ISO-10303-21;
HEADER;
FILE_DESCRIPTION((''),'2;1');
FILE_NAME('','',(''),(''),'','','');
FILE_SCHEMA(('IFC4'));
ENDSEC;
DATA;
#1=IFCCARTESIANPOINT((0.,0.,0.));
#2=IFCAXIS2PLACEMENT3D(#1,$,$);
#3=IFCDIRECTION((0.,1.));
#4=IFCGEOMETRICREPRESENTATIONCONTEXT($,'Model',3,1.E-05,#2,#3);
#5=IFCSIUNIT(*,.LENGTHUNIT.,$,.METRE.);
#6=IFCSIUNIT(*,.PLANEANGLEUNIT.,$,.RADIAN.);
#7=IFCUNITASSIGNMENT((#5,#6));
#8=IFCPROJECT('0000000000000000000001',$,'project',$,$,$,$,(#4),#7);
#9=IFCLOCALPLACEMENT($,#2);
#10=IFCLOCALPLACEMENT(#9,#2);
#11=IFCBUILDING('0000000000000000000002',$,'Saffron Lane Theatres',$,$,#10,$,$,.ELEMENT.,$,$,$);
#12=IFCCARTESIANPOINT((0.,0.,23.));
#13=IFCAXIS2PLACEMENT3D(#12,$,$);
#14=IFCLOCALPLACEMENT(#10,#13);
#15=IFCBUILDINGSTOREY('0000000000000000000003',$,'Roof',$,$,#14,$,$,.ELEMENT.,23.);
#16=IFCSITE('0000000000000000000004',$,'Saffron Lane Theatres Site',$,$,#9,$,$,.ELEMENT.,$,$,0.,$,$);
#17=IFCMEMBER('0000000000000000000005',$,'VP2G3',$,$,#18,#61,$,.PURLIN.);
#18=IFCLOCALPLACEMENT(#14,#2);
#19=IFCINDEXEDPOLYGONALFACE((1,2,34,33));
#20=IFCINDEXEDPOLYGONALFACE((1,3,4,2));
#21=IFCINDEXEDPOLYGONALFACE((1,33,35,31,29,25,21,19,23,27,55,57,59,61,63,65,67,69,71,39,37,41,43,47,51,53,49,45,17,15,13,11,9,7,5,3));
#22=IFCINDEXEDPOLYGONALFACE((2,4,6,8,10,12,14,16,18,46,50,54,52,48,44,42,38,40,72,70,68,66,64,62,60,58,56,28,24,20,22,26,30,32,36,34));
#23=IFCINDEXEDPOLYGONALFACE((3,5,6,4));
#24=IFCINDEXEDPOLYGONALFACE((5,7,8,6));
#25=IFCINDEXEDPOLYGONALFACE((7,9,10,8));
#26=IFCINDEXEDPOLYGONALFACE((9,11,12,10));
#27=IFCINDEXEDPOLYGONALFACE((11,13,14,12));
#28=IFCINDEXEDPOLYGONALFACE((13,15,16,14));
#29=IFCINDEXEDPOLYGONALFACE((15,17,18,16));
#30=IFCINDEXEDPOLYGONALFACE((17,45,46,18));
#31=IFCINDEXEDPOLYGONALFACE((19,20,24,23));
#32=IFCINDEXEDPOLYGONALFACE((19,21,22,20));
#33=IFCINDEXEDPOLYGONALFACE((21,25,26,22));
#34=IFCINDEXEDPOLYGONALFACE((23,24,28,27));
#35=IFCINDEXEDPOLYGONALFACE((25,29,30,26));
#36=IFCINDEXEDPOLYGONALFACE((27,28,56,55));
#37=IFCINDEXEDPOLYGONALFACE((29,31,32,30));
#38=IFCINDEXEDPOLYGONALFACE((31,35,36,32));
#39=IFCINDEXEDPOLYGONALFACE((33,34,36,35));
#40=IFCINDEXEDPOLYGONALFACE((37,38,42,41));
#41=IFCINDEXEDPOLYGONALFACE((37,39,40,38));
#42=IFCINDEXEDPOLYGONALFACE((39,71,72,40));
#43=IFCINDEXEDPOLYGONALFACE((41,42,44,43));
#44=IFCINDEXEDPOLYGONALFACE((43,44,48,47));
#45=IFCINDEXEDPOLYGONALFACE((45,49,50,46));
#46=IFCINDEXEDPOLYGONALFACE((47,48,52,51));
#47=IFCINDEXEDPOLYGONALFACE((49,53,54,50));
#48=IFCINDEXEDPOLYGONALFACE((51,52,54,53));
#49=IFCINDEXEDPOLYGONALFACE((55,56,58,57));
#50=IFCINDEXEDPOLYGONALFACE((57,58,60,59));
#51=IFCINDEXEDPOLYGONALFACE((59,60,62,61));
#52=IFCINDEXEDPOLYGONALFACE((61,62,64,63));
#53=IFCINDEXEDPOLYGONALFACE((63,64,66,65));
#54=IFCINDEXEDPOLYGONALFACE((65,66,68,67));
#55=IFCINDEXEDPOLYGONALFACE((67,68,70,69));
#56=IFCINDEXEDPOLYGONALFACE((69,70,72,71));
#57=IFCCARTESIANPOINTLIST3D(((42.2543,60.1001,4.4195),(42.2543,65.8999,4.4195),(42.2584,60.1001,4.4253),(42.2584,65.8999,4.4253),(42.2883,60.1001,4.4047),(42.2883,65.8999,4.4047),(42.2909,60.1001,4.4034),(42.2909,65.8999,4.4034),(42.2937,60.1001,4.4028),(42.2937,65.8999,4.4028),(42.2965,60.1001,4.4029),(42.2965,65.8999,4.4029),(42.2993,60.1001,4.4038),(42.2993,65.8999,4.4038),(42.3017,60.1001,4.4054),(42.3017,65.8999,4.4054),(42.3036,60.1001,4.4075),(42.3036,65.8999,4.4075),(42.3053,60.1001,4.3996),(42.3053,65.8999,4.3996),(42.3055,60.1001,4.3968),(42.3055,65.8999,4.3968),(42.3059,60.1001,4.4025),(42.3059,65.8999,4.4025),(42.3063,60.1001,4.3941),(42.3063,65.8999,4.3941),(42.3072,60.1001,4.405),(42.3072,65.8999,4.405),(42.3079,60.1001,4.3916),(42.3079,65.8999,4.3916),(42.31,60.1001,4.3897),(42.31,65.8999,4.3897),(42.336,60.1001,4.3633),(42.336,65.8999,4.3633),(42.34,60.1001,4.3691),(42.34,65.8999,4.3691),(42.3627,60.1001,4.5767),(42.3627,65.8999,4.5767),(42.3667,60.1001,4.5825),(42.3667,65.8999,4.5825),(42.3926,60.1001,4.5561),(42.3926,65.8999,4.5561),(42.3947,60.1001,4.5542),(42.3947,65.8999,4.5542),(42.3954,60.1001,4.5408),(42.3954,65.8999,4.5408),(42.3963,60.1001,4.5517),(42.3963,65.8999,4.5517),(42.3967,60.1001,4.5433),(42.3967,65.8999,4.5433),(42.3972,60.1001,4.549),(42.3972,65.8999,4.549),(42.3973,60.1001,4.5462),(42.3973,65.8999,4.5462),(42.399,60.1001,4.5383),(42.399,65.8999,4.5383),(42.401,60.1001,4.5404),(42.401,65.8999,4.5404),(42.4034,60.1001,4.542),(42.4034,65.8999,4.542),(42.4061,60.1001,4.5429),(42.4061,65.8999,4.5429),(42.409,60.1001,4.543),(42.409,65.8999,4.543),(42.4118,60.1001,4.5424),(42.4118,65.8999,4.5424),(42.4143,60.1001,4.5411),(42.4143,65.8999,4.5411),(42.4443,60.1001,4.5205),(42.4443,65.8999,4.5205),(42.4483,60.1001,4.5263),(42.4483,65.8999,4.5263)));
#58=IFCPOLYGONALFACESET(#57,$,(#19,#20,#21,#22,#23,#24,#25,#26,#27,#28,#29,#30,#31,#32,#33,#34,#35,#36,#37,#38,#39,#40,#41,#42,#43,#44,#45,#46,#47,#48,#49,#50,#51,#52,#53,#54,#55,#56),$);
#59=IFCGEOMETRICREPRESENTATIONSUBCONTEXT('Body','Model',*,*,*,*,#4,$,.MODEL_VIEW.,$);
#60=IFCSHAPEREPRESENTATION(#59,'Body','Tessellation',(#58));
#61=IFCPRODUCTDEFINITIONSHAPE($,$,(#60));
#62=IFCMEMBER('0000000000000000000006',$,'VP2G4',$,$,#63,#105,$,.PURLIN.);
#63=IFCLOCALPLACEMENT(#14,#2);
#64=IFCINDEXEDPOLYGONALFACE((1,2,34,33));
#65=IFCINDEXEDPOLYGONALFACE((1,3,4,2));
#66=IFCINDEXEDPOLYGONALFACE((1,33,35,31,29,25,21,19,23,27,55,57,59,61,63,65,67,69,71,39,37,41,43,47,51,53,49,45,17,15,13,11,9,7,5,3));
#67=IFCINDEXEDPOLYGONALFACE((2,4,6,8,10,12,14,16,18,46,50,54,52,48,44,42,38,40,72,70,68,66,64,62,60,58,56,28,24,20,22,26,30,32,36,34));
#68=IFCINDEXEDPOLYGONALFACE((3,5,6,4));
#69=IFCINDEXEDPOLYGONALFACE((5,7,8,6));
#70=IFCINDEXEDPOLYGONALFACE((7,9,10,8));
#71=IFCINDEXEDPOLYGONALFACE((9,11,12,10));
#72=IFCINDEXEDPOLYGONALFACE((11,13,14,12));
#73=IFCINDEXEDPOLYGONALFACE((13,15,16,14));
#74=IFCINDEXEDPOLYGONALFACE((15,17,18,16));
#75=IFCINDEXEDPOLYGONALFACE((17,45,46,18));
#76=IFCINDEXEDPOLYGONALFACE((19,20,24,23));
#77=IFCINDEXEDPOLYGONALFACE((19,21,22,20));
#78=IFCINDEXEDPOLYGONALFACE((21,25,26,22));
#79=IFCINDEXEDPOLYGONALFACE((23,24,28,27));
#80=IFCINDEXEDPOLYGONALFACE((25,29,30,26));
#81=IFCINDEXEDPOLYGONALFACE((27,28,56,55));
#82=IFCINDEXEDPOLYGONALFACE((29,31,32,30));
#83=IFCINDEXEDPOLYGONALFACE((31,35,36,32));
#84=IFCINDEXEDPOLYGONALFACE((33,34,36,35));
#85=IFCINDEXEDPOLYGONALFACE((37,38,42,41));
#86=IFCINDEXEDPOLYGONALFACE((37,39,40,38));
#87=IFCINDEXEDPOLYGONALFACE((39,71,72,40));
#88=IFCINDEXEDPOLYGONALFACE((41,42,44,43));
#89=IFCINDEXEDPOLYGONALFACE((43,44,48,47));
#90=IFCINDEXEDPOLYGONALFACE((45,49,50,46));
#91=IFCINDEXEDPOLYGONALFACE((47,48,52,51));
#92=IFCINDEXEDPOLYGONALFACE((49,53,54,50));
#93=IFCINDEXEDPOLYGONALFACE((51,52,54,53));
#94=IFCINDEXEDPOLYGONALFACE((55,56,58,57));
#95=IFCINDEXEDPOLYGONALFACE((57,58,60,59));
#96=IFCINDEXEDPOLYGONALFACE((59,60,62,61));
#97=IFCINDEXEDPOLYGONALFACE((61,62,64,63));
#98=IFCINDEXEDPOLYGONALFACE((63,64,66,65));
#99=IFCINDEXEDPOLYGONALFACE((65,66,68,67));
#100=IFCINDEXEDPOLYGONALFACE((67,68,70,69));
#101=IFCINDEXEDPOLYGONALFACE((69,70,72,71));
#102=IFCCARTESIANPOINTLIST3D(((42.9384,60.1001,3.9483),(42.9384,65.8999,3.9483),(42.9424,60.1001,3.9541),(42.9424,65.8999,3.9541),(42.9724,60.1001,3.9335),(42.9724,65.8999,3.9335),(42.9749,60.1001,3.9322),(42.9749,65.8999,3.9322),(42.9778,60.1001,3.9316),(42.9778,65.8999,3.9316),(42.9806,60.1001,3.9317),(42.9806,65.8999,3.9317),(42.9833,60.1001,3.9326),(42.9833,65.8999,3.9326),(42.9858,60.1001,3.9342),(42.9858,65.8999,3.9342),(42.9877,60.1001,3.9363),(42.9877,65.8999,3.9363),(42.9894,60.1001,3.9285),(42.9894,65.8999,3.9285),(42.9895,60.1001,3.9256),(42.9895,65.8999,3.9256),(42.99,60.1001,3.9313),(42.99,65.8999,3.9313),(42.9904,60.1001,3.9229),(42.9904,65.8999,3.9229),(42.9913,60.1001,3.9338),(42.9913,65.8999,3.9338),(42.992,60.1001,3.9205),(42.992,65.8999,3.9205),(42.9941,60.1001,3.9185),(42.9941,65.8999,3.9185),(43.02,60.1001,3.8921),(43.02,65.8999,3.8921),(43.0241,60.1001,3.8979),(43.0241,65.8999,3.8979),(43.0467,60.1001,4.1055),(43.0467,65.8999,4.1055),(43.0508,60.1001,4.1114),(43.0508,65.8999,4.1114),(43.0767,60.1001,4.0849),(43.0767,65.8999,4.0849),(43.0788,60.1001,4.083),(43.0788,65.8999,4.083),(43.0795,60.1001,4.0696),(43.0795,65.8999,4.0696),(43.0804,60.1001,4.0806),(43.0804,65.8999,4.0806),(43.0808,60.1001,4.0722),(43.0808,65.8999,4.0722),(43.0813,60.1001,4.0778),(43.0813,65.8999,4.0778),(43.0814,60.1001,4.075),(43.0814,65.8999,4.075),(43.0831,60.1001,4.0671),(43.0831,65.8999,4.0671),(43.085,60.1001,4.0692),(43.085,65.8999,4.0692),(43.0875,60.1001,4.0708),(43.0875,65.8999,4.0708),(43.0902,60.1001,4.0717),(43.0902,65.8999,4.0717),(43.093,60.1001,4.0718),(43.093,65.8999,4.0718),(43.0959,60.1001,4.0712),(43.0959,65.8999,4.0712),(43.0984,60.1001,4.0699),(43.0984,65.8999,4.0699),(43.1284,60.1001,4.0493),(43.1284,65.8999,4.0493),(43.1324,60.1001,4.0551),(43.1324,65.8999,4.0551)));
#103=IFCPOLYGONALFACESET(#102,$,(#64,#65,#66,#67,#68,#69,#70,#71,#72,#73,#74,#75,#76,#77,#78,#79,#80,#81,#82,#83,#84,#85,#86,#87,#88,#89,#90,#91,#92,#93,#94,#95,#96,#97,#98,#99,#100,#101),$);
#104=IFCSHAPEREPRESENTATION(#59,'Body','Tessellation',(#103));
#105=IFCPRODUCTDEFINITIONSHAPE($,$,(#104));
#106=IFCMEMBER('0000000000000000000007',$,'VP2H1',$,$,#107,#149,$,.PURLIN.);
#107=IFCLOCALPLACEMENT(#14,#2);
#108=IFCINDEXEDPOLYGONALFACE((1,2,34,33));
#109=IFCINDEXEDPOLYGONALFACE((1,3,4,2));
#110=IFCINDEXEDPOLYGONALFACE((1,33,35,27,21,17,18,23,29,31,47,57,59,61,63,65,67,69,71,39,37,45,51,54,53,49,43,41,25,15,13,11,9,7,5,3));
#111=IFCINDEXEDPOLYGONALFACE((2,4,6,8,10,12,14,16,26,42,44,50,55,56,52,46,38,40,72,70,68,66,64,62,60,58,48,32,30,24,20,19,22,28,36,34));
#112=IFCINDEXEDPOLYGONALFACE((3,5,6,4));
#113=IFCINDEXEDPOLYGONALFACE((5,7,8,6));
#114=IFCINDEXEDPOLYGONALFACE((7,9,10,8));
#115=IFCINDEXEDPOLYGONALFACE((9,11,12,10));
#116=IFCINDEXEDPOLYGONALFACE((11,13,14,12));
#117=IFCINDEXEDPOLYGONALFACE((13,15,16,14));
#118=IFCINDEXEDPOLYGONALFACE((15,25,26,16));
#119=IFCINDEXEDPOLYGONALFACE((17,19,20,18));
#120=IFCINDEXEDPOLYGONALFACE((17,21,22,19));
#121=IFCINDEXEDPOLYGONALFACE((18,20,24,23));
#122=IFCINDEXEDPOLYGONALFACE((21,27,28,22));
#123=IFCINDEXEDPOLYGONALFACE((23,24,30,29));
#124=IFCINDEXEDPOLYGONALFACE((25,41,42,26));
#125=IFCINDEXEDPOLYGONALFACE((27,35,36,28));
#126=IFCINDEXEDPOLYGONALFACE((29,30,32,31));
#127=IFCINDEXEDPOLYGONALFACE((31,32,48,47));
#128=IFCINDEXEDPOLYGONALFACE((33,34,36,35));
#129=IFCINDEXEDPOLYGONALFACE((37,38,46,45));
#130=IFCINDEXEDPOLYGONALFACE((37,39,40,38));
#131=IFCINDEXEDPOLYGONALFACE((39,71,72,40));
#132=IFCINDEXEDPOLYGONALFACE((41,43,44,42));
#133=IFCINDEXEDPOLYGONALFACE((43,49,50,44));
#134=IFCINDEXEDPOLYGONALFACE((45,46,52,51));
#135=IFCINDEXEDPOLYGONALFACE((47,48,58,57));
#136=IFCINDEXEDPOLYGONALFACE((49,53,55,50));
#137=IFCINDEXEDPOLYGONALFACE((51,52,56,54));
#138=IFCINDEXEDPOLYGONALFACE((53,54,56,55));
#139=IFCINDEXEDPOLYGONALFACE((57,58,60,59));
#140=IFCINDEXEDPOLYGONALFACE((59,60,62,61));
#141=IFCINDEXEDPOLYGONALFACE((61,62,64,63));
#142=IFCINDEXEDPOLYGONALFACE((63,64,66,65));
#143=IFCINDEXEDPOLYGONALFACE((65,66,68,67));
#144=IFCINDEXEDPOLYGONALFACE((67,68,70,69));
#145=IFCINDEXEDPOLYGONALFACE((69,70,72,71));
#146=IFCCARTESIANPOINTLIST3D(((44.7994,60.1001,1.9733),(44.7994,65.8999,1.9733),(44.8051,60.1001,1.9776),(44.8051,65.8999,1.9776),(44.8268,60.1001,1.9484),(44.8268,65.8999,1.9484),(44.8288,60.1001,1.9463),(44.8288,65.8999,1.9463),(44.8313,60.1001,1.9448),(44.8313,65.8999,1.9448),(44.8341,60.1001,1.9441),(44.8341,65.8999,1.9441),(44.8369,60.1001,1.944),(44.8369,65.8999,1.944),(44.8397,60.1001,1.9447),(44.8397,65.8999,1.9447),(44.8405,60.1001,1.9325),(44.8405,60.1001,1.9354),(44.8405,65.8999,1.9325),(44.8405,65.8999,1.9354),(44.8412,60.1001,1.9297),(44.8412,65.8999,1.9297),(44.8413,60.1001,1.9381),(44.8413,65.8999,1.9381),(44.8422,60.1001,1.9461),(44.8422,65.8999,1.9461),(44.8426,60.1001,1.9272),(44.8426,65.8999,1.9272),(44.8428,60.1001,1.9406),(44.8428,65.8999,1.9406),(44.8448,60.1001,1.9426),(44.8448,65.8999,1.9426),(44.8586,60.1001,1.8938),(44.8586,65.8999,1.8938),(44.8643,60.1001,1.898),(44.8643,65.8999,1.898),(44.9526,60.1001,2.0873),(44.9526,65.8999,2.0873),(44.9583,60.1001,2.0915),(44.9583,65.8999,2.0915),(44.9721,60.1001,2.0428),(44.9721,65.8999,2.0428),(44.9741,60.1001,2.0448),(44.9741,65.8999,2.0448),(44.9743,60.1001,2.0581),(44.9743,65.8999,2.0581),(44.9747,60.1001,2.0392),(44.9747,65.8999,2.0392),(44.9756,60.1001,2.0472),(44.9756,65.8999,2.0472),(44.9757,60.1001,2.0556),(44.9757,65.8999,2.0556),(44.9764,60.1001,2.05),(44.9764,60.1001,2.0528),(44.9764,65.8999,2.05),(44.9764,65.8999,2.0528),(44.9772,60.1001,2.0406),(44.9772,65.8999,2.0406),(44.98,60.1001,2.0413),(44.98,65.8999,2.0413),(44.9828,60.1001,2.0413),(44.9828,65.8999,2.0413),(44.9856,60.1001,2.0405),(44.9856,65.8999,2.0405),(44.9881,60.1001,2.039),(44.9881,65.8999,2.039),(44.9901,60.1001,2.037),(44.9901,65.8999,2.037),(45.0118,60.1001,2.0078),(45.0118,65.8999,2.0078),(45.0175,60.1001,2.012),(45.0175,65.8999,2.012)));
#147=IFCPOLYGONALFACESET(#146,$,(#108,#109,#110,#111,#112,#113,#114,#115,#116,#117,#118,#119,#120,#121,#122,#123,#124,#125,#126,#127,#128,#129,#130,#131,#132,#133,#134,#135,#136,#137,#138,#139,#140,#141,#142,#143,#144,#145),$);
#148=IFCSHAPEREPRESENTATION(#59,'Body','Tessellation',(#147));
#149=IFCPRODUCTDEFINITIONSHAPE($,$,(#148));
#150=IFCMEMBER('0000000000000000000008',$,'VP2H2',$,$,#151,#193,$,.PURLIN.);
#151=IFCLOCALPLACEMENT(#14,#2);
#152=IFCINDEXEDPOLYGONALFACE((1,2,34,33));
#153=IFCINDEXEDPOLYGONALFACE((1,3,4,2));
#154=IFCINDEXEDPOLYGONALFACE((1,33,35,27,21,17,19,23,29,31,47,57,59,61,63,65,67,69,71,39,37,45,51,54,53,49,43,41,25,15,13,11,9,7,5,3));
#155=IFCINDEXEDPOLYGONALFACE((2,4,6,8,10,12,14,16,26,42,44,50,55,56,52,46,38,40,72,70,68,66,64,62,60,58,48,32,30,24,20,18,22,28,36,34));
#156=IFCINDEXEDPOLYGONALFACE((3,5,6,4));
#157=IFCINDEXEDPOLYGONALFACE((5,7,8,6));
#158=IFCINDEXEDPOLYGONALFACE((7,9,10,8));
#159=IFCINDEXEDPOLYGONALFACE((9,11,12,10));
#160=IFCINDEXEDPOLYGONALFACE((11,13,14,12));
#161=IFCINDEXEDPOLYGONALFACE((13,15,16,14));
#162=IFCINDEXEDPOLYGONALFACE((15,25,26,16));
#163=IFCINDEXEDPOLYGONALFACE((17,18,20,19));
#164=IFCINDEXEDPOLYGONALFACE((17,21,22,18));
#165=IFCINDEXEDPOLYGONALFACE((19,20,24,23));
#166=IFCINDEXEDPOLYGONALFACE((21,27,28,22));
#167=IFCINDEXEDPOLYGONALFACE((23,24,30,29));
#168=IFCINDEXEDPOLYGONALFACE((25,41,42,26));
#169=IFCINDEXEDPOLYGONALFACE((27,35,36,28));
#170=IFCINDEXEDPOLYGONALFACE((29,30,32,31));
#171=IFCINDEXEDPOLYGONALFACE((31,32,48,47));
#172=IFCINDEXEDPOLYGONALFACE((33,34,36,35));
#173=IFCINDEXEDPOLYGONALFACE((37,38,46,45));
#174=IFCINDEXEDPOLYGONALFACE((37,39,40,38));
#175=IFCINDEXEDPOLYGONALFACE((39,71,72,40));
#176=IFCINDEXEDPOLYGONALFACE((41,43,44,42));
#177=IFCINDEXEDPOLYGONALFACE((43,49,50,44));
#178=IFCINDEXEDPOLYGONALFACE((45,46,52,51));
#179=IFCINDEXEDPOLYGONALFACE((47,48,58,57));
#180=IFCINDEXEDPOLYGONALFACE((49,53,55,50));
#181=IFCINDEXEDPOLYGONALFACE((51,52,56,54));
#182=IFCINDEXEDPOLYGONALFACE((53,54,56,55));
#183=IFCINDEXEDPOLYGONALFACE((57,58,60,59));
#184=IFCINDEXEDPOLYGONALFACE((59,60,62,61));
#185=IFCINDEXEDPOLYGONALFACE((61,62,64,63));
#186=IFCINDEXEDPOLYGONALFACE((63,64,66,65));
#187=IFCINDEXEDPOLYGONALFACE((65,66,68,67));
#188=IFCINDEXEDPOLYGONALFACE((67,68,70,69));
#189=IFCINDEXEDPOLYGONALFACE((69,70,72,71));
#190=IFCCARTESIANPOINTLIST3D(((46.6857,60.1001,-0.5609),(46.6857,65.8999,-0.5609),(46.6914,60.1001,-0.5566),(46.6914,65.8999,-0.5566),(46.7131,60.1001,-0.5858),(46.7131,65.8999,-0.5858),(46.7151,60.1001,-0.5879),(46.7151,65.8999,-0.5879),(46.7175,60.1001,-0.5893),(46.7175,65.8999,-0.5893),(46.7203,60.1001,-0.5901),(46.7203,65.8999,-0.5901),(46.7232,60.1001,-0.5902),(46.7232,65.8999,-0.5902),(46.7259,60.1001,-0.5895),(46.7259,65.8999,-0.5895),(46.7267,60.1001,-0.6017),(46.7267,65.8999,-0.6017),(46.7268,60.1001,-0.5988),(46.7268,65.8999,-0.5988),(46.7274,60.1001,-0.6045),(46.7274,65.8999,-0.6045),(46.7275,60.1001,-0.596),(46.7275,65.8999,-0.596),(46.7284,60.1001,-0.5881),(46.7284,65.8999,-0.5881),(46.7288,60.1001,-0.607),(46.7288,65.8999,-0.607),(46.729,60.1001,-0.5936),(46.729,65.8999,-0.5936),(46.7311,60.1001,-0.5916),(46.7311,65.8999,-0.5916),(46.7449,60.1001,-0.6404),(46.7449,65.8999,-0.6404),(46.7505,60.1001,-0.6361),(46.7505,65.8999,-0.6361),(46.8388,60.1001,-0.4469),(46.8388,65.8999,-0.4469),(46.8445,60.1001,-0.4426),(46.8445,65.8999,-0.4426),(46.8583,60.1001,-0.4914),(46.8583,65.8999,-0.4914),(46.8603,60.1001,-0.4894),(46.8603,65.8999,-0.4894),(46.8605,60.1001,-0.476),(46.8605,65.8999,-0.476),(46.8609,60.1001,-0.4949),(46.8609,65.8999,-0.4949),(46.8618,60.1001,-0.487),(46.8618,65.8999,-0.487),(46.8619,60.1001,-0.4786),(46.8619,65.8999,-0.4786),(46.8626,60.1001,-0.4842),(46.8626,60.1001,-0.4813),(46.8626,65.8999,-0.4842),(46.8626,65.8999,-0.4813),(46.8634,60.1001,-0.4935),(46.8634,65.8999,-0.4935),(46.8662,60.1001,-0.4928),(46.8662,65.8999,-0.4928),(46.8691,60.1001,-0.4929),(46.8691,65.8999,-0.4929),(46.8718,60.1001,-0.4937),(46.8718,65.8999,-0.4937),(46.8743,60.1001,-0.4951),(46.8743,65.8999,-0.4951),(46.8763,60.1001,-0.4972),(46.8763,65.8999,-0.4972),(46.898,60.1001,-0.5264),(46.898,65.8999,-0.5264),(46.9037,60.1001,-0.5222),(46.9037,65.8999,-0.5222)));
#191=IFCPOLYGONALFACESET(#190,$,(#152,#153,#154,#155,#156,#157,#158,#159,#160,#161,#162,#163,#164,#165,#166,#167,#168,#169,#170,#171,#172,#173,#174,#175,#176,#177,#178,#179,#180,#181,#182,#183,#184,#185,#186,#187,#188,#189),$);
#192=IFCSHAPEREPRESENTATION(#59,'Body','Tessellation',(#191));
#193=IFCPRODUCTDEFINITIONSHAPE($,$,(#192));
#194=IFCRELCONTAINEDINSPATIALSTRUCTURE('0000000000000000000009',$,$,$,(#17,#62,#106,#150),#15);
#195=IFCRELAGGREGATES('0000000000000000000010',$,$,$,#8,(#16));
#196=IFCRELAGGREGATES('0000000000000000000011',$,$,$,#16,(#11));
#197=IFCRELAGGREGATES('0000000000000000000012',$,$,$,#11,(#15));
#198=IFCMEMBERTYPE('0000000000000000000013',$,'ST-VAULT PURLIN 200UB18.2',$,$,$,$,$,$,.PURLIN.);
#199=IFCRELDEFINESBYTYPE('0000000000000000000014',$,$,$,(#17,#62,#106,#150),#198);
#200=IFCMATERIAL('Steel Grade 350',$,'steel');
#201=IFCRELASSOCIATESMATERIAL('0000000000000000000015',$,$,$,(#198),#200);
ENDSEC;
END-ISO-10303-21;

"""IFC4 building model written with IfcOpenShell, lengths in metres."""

from ifc_helpers import new_model, si_unit, direction, frame, origin, origin_2d, place, context, subcontext, project, spatial, i_section, extrude, material, material_profile, profile_set, type_object, element, save


model = new_model("IFC4")

# Units and contexts
model_context = context("Model", 3, precision=1e-05, world=origin(), true_north=direction((0.0, 1.0)))
body_context = subcontext(model_context, "Body", "Model", "MODEL_VIEW")
ifc_project = project(units=[si_unit("LENGTHUNIT", "METRE"), si_unit("PLANEANGLEUNIT", "RADIAN")], contexts=[model_context])

# Site, building, storey
site_placement = place(None, origin())
site = spatial("IfcSite", under=ifc_project, at=site_placement, Name="Saffron Lane Theatres Site", CompositionType="ELEMENT", RefElevation=0.0)
building_placement = place(site_placement, origin())
building = spatial("IfcBuilding", under=site, at=building_placement, Name="Saffron Lane Theatres", CompositionType="ELEMENT")
storey_placement = place(building_placement, frame((0.0, 0.0, 23.0)))
storey = spatial("IfcBuildingStorey", under=building, at=storey_placement, Name="Roof", CompositionType="ELEMENT", Elevation=23.0)

# Members
ifc_material_1 = material(Name="Steel Grade 350", Category="steel")
ifc_material_profile_1 = material_profile(ifc_material_1, i_section(OverallWidth=0.0991, OverallDepth=0.198, WebThickness=0.0044, FlangeThickness=0.0071, FilletRadius=0.011, at=origin_2d()))
ifc_profile_set_1 = profile_set([ifc_material_profile_1], Name="Steel Grade 350")
member_type_1 = type_object("IfcMemberType", Name="ST-VAULT PURLIN 200UB18.2", PredefinedType="PURLIN", material=ifc_profile_set_1)
for number, where, z_axis, x_axis, name in (
    (1, (42.3513, 60.1001, 4.4729), (0.0, 1.0, 0.0), (0.823487, 0.0, -0.567335), "VP2G3"),
    (2, (43.0354, 60.1001, 4.0017), (0.0, 1.0, 0.0), (0.823487, 0.0, -0.567335), "VP2G4"),
    (3, (44.9084, 60.1001, 1.9927), (0.0, 1.0, 0.0), (0.597069, 0.0, -0.80219), "VP2H1"),
    (4, (46.7947, 60.1001, -0.5415), (0.0, 1.0, 0.0), (0.597069, 0.0, -0.80219), "VP2H2"),
):
    element("IfcMember", number, at=place(storey_placement, frame(where, z_axis=z_axis, x_axis=x_axis)), inside=storey, type_object=member_type_1, Name=name, PredefinedType="PURLIN", context=body_context, shape_type="SweptSolid", body=[
        extrude(i_section(OverallWidth=0.0991, OverallDepth=0.198, WebThickness=0.0044, FlangeThickness=0.0071, FilletRadius=0.011, at=origin_2d()), origin(), (0.0, 0.0, 1.0), 5.7998),
    ])

save(model, "model.ifc")
